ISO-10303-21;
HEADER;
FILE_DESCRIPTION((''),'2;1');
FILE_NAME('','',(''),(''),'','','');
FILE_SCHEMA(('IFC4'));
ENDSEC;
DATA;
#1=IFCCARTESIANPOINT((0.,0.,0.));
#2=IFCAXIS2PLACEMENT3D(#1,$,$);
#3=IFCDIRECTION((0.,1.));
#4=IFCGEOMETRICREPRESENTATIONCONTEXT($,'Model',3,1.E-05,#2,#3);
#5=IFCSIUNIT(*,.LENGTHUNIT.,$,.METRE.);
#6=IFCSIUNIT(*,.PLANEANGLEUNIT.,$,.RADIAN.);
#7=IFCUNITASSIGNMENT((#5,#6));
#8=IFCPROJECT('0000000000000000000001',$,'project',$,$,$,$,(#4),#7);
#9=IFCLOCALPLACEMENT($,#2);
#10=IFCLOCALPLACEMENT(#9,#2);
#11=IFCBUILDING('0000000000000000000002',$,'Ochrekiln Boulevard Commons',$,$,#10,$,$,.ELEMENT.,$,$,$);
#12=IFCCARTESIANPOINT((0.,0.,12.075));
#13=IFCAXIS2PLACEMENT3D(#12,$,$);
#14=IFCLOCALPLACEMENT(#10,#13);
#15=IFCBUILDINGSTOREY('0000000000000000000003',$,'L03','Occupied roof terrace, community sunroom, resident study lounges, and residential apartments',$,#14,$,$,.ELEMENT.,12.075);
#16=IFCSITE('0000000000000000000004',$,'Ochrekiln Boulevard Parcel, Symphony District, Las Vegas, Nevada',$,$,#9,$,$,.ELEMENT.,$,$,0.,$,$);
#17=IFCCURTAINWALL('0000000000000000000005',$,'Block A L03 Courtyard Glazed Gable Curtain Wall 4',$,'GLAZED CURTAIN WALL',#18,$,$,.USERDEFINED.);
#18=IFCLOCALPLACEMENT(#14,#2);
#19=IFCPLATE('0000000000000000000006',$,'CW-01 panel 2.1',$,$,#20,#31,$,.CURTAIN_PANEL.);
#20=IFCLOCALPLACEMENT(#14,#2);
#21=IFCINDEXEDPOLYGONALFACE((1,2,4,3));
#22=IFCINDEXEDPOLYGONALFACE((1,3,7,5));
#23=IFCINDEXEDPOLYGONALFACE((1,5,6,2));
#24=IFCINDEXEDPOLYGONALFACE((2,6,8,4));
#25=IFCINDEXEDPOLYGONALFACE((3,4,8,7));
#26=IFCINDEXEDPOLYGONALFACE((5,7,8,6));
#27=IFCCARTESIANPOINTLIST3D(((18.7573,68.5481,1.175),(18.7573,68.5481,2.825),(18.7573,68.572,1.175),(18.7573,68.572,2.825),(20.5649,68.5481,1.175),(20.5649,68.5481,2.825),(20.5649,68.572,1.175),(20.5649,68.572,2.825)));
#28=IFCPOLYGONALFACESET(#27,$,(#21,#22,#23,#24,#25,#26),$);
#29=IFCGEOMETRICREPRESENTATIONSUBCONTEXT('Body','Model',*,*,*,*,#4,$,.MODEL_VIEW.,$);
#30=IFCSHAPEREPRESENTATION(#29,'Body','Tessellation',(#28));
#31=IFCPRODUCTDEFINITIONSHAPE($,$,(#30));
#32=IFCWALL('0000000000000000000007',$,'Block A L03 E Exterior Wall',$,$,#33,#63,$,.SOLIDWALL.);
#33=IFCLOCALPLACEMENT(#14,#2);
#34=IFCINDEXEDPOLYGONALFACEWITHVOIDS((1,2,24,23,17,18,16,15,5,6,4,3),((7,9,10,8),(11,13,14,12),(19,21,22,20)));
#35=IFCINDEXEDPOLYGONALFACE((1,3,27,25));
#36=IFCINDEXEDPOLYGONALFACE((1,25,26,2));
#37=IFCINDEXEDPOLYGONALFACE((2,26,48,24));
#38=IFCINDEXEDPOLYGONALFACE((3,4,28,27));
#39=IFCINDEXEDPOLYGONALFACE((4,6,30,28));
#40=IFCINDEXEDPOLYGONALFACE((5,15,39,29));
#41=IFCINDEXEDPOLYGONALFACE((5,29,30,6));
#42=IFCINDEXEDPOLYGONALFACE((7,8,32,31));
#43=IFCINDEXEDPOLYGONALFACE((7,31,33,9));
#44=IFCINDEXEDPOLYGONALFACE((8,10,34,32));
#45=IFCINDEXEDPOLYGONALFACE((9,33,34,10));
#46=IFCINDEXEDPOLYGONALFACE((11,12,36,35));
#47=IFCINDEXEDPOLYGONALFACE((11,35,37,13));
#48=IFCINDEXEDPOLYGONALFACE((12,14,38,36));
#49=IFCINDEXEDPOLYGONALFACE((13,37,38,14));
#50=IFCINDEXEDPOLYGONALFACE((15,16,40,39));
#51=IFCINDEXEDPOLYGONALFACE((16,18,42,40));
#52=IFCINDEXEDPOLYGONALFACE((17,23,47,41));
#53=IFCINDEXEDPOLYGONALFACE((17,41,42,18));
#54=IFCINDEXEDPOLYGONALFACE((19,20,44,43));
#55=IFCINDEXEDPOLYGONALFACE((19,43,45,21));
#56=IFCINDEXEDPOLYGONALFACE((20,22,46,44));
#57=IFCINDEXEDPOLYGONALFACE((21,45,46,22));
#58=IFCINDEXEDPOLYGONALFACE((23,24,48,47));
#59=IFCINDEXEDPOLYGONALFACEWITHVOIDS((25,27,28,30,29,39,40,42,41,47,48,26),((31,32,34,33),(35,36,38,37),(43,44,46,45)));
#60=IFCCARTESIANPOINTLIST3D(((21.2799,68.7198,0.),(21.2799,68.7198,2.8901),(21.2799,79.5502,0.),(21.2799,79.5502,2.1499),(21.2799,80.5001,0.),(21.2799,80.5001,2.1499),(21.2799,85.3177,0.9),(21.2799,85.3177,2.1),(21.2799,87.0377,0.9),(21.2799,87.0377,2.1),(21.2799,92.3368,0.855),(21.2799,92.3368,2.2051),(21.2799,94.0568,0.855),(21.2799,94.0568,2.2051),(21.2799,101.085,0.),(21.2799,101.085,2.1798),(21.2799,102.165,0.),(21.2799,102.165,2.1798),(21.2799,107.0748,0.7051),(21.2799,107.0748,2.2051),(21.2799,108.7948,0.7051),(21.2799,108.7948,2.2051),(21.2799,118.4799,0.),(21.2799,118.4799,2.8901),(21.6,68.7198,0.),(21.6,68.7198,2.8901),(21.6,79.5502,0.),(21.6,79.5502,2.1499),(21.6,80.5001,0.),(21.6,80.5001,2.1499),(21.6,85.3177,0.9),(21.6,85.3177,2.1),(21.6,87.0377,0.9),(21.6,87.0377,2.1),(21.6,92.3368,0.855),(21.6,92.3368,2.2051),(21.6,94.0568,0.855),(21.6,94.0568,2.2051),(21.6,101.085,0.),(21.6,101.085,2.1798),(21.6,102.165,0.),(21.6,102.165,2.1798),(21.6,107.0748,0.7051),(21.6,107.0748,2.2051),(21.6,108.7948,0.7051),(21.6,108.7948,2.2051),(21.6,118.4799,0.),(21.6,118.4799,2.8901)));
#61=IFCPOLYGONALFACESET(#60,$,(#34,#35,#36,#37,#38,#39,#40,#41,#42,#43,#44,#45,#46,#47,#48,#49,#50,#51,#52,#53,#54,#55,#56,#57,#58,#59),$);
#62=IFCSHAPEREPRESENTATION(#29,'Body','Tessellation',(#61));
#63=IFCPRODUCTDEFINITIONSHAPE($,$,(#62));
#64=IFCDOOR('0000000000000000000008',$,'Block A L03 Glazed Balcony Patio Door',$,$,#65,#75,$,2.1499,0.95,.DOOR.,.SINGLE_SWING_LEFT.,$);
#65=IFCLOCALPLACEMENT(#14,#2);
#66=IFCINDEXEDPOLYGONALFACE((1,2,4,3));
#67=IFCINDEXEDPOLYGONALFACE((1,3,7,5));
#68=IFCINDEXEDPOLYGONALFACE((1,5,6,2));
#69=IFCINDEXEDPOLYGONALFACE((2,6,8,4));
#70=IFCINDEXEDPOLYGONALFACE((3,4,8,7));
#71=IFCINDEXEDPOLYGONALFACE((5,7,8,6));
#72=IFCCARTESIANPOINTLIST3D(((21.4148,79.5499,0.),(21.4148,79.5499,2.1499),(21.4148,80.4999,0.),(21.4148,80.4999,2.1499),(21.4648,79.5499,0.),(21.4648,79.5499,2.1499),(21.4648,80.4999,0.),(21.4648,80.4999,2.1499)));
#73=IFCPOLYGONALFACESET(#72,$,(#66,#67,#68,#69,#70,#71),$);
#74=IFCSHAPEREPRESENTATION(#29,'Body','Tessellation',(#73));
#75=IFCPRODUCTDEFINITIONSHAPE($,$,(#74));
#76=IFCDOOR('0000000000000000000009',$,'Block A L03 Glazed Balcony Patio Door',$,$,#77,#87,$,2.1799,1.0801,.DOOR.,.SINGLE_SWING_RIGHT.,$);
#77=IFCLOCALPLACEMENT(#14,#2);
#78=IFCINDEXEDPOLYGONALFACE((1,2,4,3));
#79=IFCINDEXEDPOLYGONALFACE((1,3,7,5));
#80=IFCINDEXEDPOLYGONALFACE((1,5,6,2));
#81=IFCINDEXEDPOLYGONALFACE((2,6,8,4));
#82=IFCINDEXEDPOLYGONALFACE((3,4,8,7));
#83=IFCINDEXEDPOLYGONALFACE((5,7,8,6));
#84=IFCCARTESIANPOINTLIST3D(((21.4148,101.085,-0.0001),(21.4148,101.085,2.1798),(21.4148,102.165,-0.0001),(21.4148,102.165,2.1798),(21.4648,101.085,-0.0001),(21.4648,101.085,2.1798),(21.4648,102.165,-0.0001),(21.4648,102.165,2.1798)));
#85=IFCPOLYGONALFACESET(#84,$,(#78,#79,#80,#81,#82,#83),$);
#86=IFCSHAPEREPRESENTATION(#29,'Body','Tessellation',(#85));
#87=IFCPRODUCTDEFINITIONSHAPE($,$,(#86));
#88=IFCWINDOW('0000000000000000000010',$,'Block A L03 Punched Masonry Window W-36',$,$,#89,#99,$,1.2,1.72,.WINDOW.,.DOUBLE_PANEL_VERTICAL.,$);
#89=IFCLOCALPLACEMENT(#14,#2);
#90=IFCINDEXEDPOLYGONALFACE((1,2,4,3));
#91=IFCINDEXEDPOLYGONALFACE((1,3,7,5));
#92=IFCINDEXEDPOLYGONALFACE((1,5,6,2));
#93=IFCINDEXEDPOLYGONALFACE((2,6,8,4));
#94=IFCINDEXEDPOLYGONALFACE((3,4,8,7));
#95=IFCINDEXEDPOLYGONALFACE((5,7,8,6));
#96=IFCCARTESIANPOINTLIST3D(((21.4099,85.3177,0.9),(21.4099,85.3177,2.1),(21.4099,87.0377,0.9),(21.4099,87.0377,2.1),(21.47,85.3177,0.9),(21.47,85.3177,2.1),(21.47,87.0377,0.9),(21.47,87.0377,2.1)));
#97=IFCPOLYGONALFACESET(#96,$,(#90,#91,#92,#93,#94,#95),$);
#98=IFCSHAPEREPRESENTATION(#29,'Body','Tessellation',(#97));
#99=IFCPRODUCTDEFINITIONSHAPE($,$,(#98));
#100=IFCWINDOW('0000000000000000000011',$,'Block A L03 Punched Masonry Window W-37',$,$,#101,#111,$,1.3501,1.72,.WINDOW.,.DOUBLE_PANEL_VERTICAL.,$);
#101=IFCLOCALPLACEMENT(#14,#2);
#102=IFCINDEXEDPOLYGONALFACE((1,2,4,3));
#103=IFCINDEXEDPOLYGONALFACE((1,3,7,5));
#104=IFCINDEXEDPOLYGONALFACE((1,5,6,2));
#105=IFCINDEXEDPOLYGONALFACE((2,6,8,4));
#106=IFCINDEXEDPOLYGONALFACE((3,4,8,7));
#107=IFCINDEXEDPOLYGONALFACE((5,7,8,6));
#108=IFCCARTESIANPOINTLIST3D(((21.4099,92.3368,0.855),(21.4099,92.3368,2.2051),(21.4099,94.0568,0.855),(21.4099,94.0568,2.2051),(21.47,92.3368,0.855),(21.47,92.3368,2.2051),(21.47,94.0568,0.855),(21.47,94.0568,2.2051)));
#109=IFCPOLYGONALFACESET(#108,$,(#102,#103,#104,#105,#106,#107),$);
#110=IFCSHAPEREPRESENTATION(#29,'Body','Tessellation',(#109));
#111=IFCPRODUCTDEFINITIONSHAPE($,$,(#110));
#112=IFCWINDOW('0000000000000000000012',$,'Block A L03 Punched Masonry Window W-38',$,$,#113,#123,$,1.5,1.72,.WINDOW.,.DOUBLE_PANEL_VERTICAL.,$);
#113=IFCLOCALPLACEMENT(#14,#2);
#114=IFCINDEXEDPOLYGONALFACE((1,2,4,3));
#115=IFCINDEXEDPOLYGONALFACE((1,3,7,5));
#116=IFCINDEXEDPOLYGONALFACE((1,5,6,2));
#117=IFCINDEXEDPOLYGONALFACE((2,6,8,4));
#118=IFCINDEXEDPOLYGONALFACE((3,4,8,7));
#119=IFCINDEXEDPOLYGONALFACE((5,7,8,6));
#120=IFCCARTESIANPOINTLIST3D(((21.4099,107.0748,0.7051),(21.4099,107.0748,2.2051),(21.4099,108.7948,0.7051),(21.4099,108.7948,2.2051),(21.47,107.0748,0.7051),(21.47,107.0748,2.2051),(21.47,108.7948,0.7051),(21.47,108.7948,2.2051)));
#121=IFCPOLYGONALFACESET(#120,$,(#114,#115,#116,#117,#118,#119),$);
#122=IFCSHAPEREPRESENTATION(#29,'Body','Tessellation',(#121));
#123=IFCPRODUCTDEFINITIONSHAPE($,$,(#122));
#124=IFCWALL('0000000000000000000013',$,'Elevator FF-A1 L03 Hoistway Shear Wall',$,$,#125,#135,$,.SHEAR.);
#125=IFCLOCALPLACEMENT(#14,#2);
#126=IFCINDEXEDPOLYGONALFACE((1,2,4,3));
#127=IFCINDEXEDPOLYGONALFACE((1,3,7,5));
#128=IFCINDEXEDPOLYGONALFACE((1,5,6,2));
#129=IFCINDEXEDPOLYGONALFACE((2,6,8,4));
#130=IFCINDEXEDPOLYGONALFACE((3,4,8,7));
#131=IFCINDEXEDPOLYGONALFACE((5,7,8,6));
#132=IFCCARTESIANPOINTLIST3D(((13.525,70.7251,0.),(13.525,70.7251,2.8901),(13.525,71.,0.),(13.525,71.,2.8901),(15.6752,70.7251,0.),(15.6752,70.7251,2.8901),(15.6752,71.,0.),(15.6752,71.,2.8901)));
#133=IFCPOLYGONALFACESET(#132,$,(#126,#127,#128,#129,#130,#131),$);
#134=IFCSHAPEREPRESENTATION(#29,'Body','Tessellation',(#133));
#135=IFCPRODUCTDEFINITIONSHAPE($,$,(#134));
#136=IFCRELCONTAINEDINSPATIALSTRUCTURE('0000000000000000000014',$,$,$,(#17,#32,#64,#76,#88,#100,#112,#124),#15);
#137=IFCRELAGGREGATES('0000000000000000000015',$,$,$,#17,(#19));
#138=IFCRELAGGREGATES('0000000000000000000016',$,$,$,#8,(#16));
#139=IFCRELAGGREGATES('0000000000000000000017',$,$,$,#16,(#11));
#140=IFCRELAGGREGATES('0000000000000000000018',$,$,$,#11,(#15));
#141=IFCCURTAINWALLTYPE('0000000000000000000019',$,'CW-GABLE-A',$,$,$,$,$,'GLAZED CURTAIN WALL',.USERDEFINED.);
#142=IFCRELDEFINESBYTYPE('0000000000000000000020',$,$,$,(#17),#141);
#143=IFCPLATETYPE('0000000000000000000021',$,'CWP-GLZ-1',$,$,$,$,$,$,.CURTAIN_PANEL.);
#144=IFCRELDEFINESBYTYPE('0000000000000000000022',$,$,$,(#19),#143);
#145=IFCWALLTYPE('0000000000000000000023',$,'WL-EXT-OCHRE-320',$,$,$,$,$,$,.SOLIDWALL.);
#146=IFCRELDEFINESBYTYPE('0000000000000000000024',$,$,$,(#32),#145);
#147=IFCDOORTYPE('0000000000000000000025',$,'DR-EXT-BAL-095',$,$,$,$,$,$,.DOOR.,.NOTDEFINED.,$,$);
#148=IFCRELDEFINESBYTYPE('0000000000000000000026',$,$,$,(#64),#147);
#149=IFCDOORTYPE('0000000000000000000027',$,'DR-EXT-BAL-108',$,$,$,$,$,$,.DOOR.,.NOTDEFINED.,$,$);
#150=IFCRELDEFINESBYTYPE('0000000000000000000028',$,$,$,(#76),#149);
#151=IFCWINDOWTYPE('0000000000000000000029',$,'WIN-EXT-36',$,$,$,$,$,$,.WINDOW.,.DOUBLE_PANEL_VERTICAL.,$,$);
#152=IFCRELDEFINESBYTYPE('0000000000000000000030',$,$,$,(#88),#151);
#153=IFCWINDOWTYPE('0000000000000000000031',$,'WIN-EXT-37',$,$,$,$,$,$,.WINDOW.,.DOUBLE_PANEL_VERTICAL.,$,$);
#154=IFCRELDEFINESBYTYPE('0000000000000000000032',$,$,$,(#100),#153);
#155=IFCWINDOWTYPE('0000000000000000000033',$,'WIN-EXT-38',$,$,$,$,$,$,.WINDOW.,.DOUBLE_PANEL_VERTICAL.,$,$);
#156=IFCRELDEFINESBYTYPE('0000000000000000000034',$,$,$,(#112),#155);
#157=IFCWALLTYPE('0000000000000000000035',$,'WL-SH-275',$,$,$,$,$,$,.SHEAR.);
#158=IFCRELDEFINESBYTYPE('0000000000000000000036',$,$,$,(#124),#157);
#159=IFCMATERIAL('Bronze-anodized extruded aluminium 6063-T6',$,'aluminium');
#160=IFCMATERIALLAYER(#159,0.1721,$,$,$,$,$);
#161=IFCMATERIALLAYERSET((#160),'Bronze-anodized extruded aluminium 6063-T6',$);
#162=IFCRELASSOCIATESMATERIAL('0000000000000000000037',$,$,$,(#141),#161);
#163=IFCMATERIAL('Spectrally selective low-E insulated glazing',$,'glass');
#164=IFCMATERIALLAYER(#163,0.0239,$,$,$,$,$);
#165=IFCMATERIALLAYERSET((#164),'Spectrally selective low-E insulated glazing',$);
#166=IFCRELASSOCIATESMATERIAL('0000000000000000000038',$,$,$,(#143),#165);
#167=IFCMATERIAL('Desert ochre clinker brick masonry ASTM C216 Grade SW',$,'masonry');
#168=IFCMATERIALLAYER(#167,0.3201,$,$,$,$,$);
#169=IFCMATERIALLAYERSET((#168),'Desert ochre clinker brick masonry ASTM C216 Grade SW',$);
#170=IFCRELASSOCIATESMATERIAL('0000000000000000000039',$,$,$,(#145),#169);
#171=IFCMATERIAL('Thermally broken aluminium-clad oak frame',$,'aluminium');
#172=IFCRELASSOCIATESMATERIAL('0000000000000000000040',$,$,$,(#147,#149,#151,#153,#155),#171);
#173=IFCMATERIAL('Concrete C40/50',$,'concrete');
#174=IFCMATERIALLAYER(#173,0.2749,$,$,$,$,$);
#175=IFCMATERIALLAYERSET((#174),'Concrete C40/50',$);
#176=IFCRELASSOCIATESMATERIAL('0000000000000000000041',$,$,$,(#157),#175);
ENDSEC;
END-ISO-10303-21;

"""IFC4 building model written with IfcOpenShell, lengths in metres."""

from ifc_helpers import new_model, si_unit, direction, frame, frame_2d, origin, origin_2d, place, context, subcontext, project, spatial, rectangle, extrude, material, layer, layer_set, type_object, element, fill, aggregate, save


model = new_model("IFC4")

# Units and contexts
model_context = context("Model", 3, precision=1e-05, world=origin(), true_north=direction((0.0, 1.0)))
body_context = subcontext(model_context, "Body", "Model", "MODEL_VIEW")
ifc_project = project(units=[si_unit("LENGTHUNIT", "METRE"), si_unit("PLANEANGLEUNIT", "RADIAN")], contexts=[model_context])

# Site, building, storey
site_placement = place(None, origin())
site = spatial("IfcSite", under=ifc_project, at=site_placement, Name="Ochrekiln Boulevard Parcel, Symphony District, Las Vegas, Nevada", CompositionType="ELEMENT", RefElevation=0.0)
building_placement = place(site_placement, origin())
building = spatial("IfcBuilding", under=site, at=building_placement, Name="Ochrekiln Boulevard Commons", CompositionType="ELEMENT")
storey_placement = place(building_placement, frame((0.0, 0.0, 12.075)))
storey = spatial("IfcBuildingStorey", under=building, at=storey_placement, Name="L03", Description="Occupied roof terrace, community sunroom, resident study lounges, and residential apartments", CompositionType="ELEMENT", Elevation=12.075)

# Shared definitions
ifc_material_1 = material(Name="Concrete C40/50", Category="concrete")

# Shared definitions
ifc_material_2 = material(Name="Bronze-anodized extruded aluminium 6063-T6", Category="aluminium")
ifc_layer_1 = layer(ifc_material_2, 0.1721)
ifc_layer_set_1 = layer_set([ifc_layer_1], Name="Bronze-anodized extruded aluminium 6063-T6")
curtain_wall_type = type_object("IfcCurtainWallType", Name="CW-GABLE-A", ElementType="GLAZED CURTAIN WALL", PredefinedType="USERDEFINED", material=ifc_layer_set_1)

# Curtain wall
curtain_wall_1_placement = place(storey_placement, origin())
curtain_wall_1 = element("IfcCurtainWall", 1, at=curtain_wall_1_placement, inside=storey, type_object=curtain_wall_type, Name="Block A L03 Courtyard Glazed Gable Curtain Wall 4", ObjectType="GLAZED CURTAIN WALL", PredefinedType="USERDEFINED")

# Plate
ifc_material_3 = material(Name="Spectrally selective low-E insulated glazing", Category="glass")
ifc_layer_2 = layer(ifc_material_3, 0.0239)
ifc_layer_set_2 = layer_set([ifc_layer_2], Name="Spectrally selective low-E insulated glazing")
plate_type = type_object("IfcPlateType", Name="CWP-GLZ-1", PredefinedType="CURTAIN_PANEL", material=ifc_layer_set_2)
plate_1_placement = place(storey_placement, frame((19.6611, 68.5601, 1.175), z_axis=(0.0, 0.0, 1.0), x_axis=(1.0, 0.0, 0.0)))
plate_1 = element("IfcPlate", 2, at=plate_1_placement, type_object=plate_type, Name="CW-01 panel 2.1", PredefinedType="CURTAIN_PANEL", context=body_context, shape_type="SweptSolid", body=[
    extrude(rectangle(XDim=1.8076, YDim=0.0239, at=origin_2d()), origin(), (0.0, 0.0, 1.0), 1.6499),
])
aggregate(curtain_wall_1, [plate_1])

# Wall, openings, doors, windows
ifc_material_4 = material(Name="Desert ochre clinker brick masonry ASTM C216 Grade SW", Category="masonry")
ifc_layer_3 = layer(ifc_material_4, 0.3201)
ifc_layer_set_3 = layer_set([ifc_layer_3], Name="Desert ochre clinker brick masonry ASTM C216 Grade SW")
wall_type_1 = type_object("IfcWallType", Name="WL-EXT-OCHRE-320", PredefinedType="SOLIDWALL", material=ifc_layer_set_3)
wall_1_placement = place(storey_placement, frame((21.4399, 68.72, 0.0), z_axis=(0.0, 0.0, 1.0), x_axis=(0.0, 1.0, 0.0)))
wall_1 = element("IfcWall", 3, at=wall_1_placement, inside=storey, type_object=wall_type_1, Name="Block A L03 E Exterior Wall", PredefinedType="SOLIDWALL", context=body_context, shape_type="SweptSolid", body=[
    extrude(rectangle(XDim=49.76, YDim=0.3201, at=frame_2d((24.8799, 0.0))), origin(), (0.0, 0.0, 1.0), 2.8901),
])
opening_1_placement = place(wall_1_placement, frame((10.8301, 0.0, 0.0)))
opening_1 = element("IfcOpeningElement", 4, at=opening_1_placement, cuts=wall_1, PredefinedType="OPENING", context=body_context, shape_type="SweptSolid", body=[
    extrude(rectangle(XDim=0.95, YDim=2.1499, at=frame_2d((0.4751, 1.075))), frame((0.0, 0.1699, 0.0), z_axis=(0.0, -1.0, 0.0), x_axis=(1.0, 0.0, 0.0)), (0.0, 0.0, 1.0), 0.3401),
])
opening_2_placement = place(wall_1_placement, frame((16.5979, 0.0, 0.8999)))
opening_2 = element("IfcOpeningElement", 5, at=opening_2_placement, cuts=wall_1, PredefinedType="OPENING", context=body_context, shape_type="SweptSolid", body=[
    extrude(rectangle(XDim=1.72, YDim=1.2, at=frame_2d((0.8599, 0.6001))), frame((0.0, 0.1699, 0.0), z_axis=(0.0, -1.0, 0.0), x_axis=(1.0, 0.0, 0.0)), (0.0, 0.0, 1.0), 0.3401),
])
opening_3_placement = place(wall_1_placement, frame((32.365, 0.0, 0.0)))
opening_3 = element("IfcOpeningElement", 6, at=opening_3_placement, cuts=wall_1, PredefinedType="OPENING", context=body_context, shape_type="SweptSolid", body=[
    extrude(rectangle(XDim=1.0801, YDim=2.1799, at=frame_2d((0.54, 1.0898))), frame((0.0, 0.1699, 0.0), z_axis=(0.0, -1.0, 0.0), x_axis=(1.0, 0.0, 0.0)), (0.0, 0.0, 1.0), 0.3401),
])
opening_4_placement = place(wall_1_placement, frame((23.6169, 0.0, 0.855)))
opening_4 = element("IfcOpeningElement", 7, at=opening_4_placement, cuts=wall_1, PredefinedType="OPENING", context=body_context, shape_type="SweptSolid", body=[
    extrude(rectangle(XDim=1.72, YDim=1.3501, at=frame_2d((0.8599, 0.675))), frame((0.0, 0.1699, 0.0), z_axis=(0.0, -1.0, 0.0), x_axis=(1.0, 0.0, 0.0)), (0.0, 0.0, 1.0), 0.3401),
])
opening_5_placement = place(wall_1_placement, frame((38.355, 0.0, 0.7051)))
opening_5 = element("IfcOpeningElement", 8, at=opening_5_placement, cuts=wall_1, PredefinedType="OPENING", context=body_context, shape_type="SweptSolid", body=[
    extrude(rectangle(XDim=1.72, YDim=1.5, at=frame_2d((0.8599, 0.75))), frame((0.0, 0.1699, 0.0), z_axis=(0.0, -1.0, 0.0), x_axis=(1.0, 0.0, 0.0)), (0.0, 0.0, 1.0), 0.3401),
])
ifc_material_5 = material(Name="Thermally broken aluminium-clad oak frame", Category="aluminium")
door_type_1 = type_object("IfcDoorType", Name="DR-EXT-BAL-095", OperationType="NOTDEFINED", PredefinedType="DOOR", material=ifc_material_5)
door_1_placement = place(opening_1_placement, frame((0.95, 0.0, 0.0), z_axis=(0.0, 0.0, 1.0), x_axis=(-1.0, 0.0, 0.0)))
door_1 = element("IfcDoor", 9, at=door_1_placement, inside=storey, type_object=door_type_1, Name="Block A L03 Glazed Balcony Patio Door", OperationType="SINGLE_SWING_LEFT", OverallHeight=2.1499, OverallWidth=0.95, PredefinedType="DOOR", context=body_context, shape_type="SweptSolid", body=[
    extrude(rectangle(XDim=0.95, YDim=2.1499, at=frame_2d((0.4751, 1.075))), frame((0.0, 0.0249, 0.0), z_axis=(0.0, -1.0, 0.0), x_axis=(1.0, 0.0, 0.0)), (0.0, 0.0, 1.0), 0.05),
])
fill(opening_1, door_1)
door_type_2 = type_object("IfcDoorType", Name="DR-EXT-BAL-108", OperationType="NOTDEFINED", PredefinedType="DOOR", material=ifc_material_5)
door_2_placement = place(opening_3_placement, frame((1.0801, 0.0, 0.0), z_axis=(0.0, 0.0, 1.0), x_axis=(-1.0, 0.0, 0.0)))
door_2 = element("IfcDoor", 10, at=door_2_placement, inside=storey, type_object=door_type_2, Name="Block A L03 Glazed Balcony Patio Door", OperationType="SINGLE_SWING_RIGHT", OverallHeight=2.1799, OverallWidth=1.0801, PredefinedType="DOOR", context=body_context, shape_type="SweptSolid", body=[
    extrude(rectangle(XDim=1.0801, YDim=2.1799, at=frame_2d((0.54, 1.0898))), frame((0.0, 0.0249, 0.0), z_axis=(0.0, -1.0, 0.0), x_axis=(1.0, 0.0, 0.0)), (0.0, 0.0, 1.0), 0.05),
])
fill(opening_3, door_2)
window_type_1 = type_object("IfcWindowType", Name="WIN-EXT-36", PartitioningType="DOUBLE_PANEL_VERTICAL", PredefinedType="WINDOW", material=ifc_material_5)
window_1_placement = place(opening_2_placement, origin())
window_1 = element("IfcWindow", 11, at=window_1_placement, inside=storey, type_object=window_type_1, Name="Block A L03 Punched Masonry Window W-36", OverallHeight=1.2, OverallWidth=1.72, PartitioningType="DOUBLE_PANEL_VERTICAL", PredefinedType="WINDOW", context=body_context, shape_type="SweptSolid", body=[
    extrude(rectangle(XDim=1.72, YDim=1.2, at=frame_2d((0.8599, 0.6001))), frame((0.0, 0.03, 0.0), z_axis=(0.0, -1.0, 0.0), x_axis=(1.0, 0.0, 0.0)), (0.0, 0.0, 1.0), 0.0601),
])
fill(opening_2, window_1)
window_type_2 = type_object("IfcWindowType", Name="WIN-EXT-37", PartitioningType="DOUBLE_PANEL_VERTICAL", PredefinedType="WINDOW", material=ifc_material_5)
window_2_placement = place(opening_4_placement, origin())
window_2 = element("IfcWindow", 12, at=window_2_placement, inside=storey, type_object=window_type_2, Name="Block A L03 Punched Masonry Window W-37", OverallHeight=1.3501, OverallWidth=1.72, PartitioningType="DOUBLE_PANEL_VERTICAL", PredefinedType="WINDOW", context=body_context, shape_type="SweptSolid", body=[
    extrude(rectangle(XDim=1.72, YDim=1.3501, at=frame_2d((0.8599, 0.675))), frame((0.0, 0.03, 0.0), z_axis=(0.0, -1.0, 0.0), x_axis=(1.0, 0.0, 0.0)), (0.0, 0.0, 1.0), 0.0601),
])
fill(opening_4, window_2)
window_type_3 = type_object("IfcWindowType", Name="WIN-EXT-38", PartitioningType="DOUBLE_PANEL_VERTICAL", PredefinedType="WINDOW", material=ifc_material_5)
window_3_placement = place(opening_5_placement, origin())
window_3 = element("IfcWindow", 13, at=window_3_placement, inside=storey, type_object=window_type_3, Name="Block A L03 Punched Masonry Window W-38", OverallHeight=1.5, OverallWidth=1.72, PartitioningType="DOUBLE_PANEL_VERTICAL", PredefinedType="WINDOW", context=body_context, shape_type="SweptSolid", body=[
    extrude(rectangle(XDim=1.72, YDim=1.5, at=frame_2d((0.8599, 0.75))), frame((0.0, 0.03, 0.0), z_axis=(0.0, -1.0, 0.0), x_axis=(1.0, 0.0, 0.0)), (0.0, 0.0, 1.0), 0.0601),
])
fill(opening_5, window_3)

# Wall
ifc_layer_4 = layer(ifc_material_1, 0.2749)
ifc_layer_set_4 = layer_set([ifc_layer_4], Name="Concrete C40/50")
wall_type_2 = type_object("IfcWallType", Name="WL-SH-275", PredefinedType="SHEAR", material=ifc_layer_set_4)
wall_2_placement = place(storey_placement, frame((13.5249, 70.8625, 0.0), z_axis=(0.0, 0.0, 1.0), x_axis=(1.0, 0.0, 0.0)))
element("IfcWall", 14, at=wall_2_placement, inside=storey, type_object=wall_type_2, Name="Elevator FF-A1 L03 Hoistway Shear Wall", PredefinedType="SHEAR", context=body_context, shape_type="SweptSolid", body=[
    extrude(rectangle(XDim=2.1501, YDim=0.2749, at=frame_2d((1.0752, 0.0))), origin(), (0.0, 0.0, 1.0), 2.8901),
])

save(model, "model.ifc")
